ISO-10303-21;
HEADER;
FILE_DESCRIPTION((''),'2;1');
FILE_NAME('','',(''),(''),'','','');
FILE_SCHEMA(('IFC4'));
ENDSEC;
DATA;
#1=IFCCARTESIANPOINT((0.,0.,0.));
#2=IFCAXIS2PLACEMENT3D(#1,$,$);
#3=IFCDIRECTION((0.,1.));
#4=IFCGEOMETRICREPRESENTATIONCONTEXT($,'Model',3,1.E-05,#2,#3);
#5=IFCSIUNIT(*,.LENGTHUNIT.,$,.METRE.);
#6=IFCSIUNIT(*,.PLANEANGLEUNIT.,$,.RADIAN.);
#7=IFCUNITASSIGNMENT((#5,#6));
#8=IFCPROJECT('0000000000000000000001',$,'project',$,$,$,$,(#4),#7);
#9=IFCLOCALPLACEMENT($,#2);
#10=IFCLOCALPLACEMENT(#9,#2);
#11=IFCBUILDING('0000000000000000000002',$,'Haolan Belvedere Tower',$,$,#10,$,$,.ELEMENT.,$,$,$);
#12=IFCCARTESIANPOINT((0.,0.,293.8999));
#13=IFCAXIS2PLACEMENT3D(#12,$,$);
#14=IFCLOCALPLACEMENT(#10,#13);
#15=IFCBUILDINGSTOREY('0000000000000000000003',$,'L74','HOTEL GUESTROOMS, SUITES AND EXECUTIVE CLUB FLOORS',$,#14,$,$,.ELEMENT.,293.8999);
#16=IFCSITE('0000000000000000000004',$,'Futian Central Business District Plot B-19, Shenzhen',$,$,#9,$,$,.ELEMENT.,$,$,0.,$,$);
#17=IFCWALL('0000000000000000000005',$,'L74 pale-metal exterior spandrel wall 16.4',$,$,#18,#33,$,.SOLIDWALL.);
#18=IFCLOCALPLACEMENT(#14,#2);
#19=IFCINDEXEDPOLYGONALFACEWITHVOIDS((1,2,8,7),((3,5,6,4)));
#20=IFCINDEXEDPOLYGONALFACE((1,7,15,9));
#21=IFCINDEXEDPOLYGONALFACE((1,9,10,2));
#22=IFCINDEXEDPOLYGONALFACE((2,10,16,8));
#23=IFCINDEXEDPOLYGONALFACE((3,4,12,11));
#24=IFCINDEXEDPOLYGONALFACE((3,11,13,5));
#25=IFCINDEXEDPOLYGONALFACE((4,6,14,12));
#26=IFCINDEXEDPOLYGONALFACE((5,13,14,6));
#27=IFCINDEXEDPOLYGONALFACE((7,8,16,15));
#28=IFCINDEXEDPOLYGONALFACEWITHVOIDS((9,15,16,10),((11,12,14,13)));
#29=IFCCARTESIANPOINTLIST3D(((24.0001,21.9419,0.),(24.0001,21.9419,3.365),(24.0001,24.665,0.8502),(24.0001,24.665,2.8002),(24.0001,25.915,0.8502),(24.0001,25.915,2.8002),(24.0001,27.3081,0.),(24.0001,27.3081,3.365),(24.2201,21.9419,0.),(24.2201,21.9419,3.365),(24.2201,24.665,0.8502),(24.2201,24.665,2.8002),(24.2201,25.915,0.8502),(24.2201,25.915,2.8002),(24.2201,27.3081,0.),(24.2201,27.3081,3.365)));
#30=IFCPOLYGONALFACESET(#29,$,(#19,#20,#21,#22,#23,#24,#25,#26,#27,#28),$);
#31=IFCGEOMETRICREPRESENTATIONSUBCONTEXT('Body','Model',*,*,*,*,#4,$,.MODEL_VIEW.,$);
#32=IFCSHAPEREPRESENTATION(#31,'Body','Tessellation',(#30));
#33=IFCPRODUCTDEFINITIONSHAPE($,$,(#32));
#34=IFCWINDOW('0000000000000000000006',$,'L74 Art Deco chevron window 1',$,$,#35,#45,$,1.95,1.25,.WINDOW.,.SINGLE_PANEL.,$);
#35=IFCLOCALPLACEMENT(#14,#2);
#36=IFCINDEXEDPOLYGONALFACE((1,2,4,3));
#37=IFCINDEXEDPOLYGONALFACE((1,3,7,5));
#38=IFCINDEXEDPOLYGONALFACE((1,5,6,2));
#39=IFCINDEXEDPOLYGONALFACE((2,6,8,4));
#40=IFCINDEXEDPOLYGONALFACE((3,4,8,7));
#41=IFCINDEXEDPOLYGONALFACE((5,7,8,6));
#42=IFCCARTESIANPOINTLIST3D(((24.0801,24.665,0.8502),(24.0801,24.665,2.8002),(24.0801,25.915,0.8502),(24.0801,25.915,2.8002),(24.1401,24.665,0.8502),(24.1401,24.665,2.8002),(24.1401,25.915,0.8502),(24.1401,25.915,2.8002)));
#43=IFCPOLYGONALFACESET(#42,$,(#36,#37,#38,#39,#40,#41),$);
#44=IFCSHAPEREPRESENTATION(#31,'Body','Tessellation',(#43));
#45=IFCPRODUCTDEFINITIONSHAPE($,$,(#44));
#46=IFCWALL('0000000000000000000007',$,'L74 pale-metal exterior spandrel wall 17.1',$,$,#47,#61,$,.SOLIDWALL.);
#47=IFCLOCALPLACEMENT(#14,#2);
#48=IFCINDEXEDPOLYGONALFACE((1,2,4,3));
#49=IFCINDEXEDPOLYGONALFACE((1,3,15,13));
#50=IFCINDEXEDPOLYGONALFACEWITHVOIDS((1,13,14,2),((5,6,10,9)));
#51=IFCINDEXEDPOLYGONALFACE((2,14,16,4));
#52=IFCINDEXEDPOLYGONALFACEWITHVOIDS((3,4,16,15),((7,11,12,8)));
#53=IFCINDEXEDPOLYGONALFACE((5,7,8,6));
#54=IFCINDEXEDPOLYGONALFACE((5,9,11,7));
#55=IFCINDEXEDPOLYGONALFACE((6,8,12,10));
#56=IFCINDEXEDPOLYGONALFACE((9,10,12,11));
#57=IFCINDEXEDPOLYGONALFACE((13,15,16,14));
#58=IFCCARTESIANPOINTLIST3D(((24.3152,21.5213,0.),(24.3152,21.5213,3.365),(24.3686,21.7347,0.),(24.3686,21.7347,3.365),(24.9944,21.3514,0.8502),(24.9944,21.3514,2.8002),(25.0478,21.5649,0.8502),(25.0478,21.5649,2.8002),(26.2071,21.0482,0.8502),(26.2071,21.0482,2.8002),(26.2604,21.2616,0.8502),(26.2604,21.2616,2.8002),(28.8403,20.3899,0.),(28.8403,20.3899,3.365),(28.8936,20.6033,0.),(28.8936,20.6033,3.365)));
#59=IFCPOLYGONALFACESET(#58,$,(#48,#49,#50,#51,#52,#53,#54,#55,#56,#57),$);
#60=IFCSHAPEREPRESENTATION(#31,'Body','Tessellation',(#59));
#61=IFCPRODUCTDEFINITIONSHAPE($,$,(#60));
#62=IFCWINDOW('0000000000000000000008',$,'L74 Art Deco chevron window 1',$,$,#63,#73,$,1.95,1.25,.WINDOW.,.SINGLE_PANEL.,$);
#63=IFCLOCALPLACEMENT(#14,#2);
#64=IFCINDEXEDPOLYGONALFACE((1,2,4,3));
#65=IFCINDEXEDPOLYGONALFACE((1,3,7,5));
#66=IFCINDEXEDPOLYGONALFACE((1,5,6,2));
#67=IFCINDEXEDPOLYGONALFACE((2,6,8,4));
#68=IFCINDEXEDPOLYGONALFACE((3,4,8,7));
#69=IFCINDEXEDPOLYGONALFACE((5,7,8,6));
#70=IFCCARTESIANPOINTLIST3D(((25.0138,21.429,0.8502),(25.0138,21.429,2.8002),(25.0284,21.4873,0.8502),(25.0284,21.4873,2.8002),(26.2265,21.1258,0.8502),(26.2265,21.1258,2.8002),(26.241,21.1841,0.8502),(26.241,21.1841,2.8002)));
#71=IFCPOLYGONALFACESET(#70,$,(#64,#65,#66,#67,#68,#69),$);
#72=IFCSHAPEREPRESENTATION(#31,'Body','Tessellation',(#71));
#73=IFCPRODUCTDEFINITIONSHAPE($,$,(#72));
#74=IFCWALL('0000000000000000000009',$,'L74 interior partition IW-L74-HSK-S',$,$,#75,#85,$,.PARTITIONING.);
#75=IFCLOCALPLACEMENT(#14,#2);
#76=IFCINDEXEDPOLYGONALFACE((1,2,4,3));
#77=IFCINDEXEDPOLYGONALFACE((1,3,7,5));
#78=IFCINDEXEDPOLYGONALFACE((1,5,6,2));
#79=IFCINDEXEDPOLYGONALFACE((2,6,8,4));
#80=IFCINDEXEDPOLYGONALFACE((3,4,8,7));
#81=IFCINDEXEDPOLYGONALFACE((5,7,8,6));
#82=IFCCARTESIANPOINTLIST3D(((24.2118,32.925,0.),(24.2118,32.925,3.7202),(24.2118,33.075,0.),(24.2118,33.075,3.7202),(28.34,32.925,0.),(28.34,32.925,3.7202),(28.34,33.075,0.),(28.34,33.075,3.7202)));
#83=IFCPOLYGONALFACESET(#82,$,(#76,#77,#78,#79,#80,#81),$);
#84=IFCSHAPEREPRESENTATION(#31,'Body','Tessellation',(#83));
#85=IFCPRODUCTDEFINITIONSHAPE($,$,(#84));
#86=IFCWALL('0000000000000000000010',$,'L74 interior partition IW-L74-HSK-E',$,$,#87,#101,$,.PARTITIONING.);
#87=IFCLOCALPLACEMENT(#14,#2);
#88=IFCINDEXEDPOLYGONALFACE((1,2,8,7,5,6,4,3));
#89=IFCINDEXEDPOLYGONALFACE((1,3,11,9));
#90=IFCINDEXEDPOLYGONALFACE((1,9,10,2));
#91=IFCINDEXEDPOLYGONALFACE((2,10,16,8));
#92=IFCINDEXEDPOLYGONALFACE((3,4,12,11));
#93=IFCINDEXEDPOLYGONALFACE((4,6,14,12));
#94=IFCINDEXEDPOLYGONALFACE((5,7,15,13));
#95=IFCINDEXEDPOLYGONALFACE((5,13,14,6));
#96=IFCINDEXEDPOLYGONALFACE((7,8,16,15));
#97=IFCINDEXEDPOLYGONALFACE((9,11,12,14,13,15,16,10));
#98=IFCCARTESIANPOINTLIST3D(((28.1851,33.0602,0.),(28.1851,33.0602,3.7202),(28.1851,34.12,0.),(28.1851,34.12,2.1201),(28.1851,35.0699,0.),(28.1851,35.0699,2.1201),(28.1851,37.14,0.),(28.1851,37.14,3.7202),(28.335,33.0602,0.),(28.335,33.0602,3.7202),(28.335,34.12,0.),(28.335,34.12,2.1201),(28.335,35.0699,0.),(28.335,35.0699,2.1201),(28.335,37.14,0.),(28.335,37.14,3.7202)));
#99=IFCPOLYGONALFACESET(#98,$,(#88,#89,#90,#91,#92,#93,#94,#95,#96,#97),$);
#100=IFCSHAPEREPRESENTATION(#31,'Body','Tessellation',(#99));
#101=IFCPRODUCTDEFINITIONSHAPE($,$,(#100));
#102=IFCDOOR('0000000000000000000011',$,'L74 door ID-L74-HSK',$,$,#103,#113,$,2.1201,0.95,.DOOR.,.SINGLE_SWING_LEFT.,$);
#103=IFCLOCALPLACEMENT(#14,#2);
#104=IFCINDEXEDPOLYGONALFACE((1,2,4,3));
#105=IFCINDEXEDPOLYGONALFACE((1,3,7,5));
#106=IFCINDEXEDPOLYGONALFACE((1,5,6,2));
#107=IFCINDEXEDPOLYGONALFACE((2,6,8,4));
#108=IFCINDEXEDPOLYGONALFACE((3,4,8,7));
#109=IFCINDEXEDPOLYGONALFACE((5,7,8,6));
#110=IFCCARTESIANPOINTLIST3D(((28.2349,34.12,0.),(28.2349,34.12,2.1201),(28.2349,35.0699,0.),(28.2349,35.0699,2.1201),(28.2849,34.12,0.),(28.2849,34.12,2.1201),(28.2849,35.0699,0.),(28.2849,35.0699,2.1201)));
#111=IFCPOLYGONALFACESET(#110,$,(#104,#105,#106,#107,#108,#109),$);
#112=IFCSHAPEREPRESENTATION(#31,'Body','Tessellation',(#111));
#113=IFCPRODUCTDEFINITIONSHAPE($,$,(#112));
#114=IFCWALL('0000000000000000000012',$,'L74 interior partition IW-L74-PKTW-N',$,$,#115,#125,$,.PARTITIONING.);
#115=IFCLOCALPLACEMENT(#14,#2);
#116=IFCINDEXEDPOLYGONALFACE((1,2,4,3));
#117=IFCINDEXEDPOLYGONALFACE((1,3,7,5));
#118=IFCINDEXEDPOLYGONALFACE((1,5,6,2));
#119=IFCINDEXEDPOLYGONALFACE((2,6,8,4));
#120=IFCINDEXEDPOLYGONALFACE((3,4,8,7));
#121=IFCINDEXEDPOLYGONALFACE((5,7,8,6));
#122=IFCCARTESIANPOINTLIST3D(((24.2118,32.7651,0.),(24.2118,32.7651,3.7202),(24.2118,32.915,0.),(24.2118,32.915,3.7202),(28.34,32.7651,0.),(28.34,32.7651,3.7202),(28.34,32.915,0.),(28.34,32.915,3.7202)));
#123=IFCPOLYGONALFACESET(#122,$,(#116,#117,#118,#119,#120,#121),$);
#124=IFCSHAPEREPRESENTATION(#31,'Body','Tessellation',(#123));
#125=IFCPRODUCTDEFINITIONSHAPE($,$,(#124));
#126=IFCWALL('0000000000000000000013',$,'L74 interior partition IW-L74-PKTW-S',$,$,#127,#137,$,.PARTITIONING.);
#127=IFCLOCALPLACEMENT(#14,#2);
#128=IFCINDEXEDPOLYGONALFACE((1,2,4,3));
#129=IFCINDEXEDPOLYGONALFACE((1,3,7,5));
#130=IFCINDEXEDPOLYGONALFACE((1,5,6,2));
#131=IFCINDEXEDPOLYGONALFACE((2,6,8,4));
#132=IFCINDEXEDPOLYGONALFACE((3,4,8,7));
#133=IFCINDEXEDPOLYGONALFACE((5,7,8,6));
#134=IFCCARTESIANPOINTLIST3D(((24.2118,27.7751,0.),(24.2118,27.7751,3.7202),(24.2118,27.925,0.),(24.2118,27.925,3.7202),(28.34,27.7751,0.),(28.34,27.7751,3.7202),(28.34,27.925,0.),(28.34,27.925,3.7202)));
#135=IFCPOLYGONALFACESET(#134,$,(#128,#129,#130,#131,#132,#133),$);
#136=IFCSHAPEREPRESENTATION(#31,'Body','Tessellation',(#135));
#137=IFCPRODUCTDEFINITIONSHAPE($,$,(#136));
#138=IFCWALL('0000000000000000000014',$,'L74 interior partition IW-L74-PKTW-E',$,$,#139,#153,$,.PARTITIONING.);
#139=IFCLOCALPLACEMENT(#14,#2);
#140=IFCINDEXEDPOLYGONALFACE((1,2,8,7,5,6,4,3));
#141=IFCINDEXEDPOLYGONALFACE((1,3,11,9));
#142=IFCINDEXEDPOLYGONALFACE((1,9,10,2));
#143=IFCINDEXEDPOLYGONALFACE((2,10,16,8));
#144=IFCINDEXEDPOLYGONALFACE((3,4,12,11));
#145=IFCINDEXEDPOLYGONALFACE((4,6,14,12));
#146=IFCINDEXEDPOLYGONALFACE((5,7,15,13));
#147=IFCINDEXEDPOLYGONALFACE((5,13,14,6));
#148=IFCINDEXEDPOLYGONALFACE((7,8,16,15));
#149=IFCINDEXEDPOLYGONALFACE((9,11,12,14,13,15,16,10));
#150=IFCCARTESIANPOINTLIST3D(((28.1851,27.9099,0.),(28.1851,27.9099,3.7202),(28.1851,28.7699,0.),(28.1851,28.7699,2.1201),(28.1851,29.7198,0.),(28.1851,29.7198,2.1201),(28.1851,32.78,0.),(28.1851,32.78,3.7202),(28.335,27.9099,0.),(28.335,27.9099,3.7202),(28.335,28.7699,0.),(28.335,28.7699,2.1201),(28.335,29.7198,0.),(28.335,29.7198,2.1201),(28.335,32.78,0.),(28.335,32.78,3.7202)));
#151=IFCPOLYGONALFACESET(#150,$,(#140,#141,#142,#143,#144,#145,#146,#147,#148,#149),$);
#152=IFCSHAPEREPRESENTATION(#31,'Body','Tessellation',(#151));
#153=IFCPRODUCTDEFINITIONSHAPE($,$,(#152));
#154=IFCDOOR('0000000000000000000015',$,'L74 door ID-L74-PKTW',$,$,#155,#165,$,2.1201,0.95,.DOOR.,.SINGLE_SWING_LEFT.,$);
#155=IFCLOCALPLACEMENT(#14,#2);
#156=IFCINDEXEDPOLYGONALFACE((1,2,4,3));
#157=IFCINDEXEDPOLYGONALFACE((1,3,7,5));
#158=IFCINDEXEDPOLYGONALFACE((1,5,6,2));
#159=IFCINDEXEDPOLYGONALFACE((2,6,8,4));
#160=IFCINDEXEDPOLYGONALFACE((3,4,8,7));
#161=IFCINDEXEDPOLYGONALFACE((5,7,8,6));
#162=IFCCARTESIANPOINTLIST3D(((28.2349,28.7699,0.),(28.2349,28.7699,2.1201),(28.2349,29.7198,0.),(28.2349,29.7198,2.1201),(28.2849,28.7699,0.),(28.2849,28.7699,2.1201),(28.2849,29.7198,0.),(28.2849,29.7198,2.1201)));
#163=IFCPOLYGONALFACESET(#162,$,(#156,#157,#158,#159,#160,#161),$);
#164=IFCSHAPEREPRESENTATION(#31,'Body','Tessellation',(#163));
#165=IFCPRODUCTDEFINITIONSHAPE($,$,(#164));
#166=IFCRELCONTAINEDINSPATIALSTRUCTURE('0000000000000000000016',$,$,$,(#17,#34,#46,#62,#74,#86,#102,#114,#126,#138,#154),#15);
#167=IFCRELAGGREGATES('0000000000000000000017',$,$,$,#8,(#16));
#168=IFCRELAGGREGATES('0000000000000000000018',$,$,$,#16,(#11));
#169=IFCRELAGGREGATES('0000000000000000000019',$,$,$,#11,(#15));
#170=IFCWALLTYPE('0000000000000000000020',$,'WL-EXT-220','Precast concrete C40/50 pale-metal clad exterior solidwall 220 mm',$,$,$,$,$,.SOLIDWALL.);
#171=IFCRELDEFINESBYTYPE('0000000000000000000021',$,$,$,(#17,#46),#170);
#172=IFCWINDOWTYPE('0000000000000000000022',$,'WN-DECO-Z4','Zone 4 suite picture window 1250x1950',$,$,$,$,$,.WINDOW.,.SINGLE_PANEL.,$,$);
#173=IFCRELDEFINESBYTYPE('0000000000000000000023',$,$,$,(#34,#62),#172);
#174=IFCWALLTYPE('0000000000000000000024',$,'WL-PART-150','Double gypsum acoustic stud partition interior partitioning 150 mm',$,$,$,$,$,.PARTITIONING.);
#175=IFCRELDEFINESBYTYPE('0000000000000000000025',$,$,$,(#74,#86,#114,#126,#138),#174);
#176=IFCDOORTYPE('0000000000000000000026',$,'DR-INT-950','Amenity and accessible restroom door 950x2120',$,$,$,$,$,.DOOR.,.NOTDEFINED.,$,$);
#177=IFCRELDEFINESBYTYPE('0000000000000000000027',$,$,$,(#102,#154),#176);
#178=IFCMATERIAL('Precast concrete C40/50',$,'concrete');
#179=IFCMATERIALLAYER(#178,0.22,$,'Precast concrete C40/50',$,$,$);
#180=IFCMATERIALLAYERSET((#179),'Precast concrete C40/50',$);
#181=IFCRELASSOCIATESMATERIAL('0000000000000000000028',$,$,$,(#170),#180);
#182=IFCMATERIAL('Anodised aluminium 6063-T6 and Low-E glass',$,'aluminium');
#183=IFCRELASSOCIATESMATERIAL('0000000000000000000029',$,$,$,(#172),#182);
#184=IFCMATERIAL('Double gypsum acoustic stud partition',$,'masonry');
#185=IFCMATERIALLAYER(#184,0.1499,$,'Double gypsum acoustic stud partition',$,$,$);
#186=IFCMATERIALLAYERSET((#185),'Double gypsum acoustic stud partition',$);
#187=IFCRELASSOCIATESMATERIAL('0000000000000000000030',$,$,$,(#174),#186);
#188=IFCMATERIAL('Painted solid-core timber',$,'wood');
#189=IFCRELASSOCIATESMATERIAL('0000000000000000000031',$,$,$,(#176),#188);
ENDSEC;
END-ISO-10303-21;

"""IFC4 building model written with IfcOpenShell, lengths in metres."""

from ifc_helpers import new_model, si_unit, direction, frame, frame_2d, origin, place, context, subcontext, project, spatial, rectangle, extrude, material, layer, layer_set, type_object, element, fill, save


model = new_model("IFC4")

# Units and contexts
model_context = context("Model", 3, precision=1e-05, world=origin(), true_north=direction((0.0, 1.0)))
body_context = subcontext(model_context, "Body", "Model", "MODEL_VIEW")
ifc_project = project(units=[si_unit("LENGTHUNIT", "METRE"), si_unit("PLANEANGLEUNIT", "RADIAN")], contexts=[model_context])

# Site, building, storey
site_placement = place(None, origin())
site = spatial("IfcSite", under=ifc_project, at=site_placement, Name="Futian Central Business District Plot B-19, Shenzhen", CompositionType="ELEMENT", RefElevation=0.0)
building_placement = place(site_placement, origin())
building = spatial("IfcBuilding", under=site, at=building_placement, Name="Haolan Belvedere Tower", CompositionType="ELEMENT")
storey_placement = place(building_placement, frame((0.0, 0.0, 293.8999)))
storey = spatial("IfcBuildingStorey", under=building, at=storey_placement, Name="L74", Description="HOTEL GUESTROOMS, SUITES AND EXECUTIVE CLUB FLOORS", CompositionType="ELEMENT", Elevation=293.8999)

# Walls, openings, windows
ifc_material_1 = material(Name="Precast concrete C40/50", Category="concrete")
ifc_layer_1 = layer(ifc_material_1, 0.22, Name="Precast concrete C40/50")
ifc_layer_set_1 = layer_set([ifc_layer_1], Name="Precast concrete C40/50")
wall_type_1 = type_object("IfcWallType", Name="WL-EXT-220", Description="Precast concrete C40/50 pale-metal clad exterior solidwall 220 mm", PredefinedType="SOLIDWALL", material=ifc_layer_set_1)
ifc_material_2 = material(Name="Anodised aluminium 6063-T6 and Low-E glass", Category="aluminium")
window_type = type_object("IfcWindowType", Name="WN-DECO-Z4", Description="Zone 4 suite picture window 1250x1950", PartitioningType="SINGLE_PANEL", PredefinedType="WINDOW", material=ifc_material_2)
wall_1_placement = place(storey_placement, frame((24.1101, 27.3081, 0.0), z_axis=(0.0, 0.0, 1.0), x_axis=(0.0, -1.0, 0.0)))
wall_1 = element("IfcWall", 1, at=wall_1_placement, inside=storey, type_object=wall_type_1, Name="L74 pale-metal exterior spandrel wall 16.4", PredefinedType="SOLIDWALL", context=body_context, shape_type="SweptSolid", body=[
    extrude(rectangle(XDim=5.3662, YDim=0.22, at=frame_2d((2.6831, 0.0))), origin(), (0.0, 0.0, 1.0), 3.365),
])
opening_1_placement = place(wall_1_placement, frame((1.3931, 0.0, 0.8501)))
opening_1 = element("IfcOpeningElement", 2, at=opening_1_placement, cuts=wall_1, PredefinedType="OPENING", context=body_context, shape_type="SweptSolid", body=[
    extrude(rectangle(XDim=1.25, YDim=1.95, at=frame_2d((0.625, 0.9751))), frame((0.0, 0.1199, 0.0), z_axis=(0.0, -1.0, 0.0), x_axis=(1.0, 0.0, 0.0)), (0.0, 0.0, 1.0), 0.24),
])
window_1_placement = place(opening_1_placement, origin())
window_1 = element("IfcWindow", 3, at=window_1_placement, inside=storey, type_object=window_type, Name="L74 Art Deco chevron window 1", OverallHeight=1.95, OverallWidth=1.25, PartitioningType="SINGLE_PANEL", PredefinedType="WINDOW", context=body_context, shape_type="SweptSolid", body=[
    extrude(rectangle(XDim=1.25, YDim=1.95, at=frame_2d((0.625, 0.9751))), frame((0.0, 0.03, 0.0), z_axis=(0.0, -1.0, 0.0), x_axis=(1.0, 0.0, 0.0)), (0.0, 0.0, 1.0), 0.0601),
])
fill(opening_1, window_1)
wall_2_placement = place(storey_placement, frame((24.342, 21.6279, 0.0), z_axis=(0.0, 0.0, 1.0), x_axis=(0.970136, -0.24256, 0.0)))
wall_2 = element("IfcWall", 4, at=wall_2_placement, inside=storey, type_object=wall_type_1, Name="L74 pale-metal exterior spandrel wall 17.1", PredefinedType="SOLIDWALL", context=body_context, shape_type="SweptSolid", body=[
    extrude(rectangle(XDim=4.6643, YDim=0.22, at=frame_2d((2.332, 0.0))), origin(), (0.0, 0.0, 1.0), 3.365),
])
opening_2_placement = place(wall_2_placement, frame((0.7, 0.0, 0.8501)))
opening_2 = element("IfcOpeningElement", 5, at=opening_2_placement, cuts=wall_2, PredefinedType="OPENING", context=body_context, shape_type="SweptSolid", body=[
    extrude(rectangle(XDim=1.25, YDim=1.95, at=frame_2d((0.625, 0.9751))), frame((0.0, 0.1199, 0.0), z_axis=(0.0, -1.0, 0.0), x_axis=(1.0, 0.0, 0.0)), (0.0, 0.0, 1.0), 0.24),
])
window_2_placement = place(opening_2_placement, origin())
window_2 = element("IfcWindow", 6, at=window_2_placement, inside=storey, type_object=window_type, Name="L74 Art Deco chevron window 1", OverallHeight=1.95, OverallWidth=1.25, PartitioningType="SINGLE_PANEL", PredefinedType="WINDOW", context=body_context, shape_type="SweptSolid", body=[
    extrude(rectangle(XDim=1.25, YDim=1.95, at=frame_2d((0.625, 0.9751))), frame((0.0, 0.03, 0.0), z_axis=(0.0, -1.0, 0.0), x_axis=(1.0, 0.0, 0.0)), (0.0, 0.0, 1.0), 0.0601),
])
fill(opening_2, window_2)

# Wall
ifc_material_3 = material(Name="Double gypsum acoustic stud partition", Category="masonry")
ifc_layer_2 = layer(ifc_material_3, 0.1499, Name="Double gypsum acoustic stud partition")
ifc_layer_set_2 = layer_set([ifc_layer_2], Name="Double gypsum acoustic stud partition")
wall_type_2 = type_object("IfcWallType", Name="WL-PART-150", Description="Double gypsum acoustic stud partition interior partitioning 150 mm", PredefinedType="PARTITIONING", material=ifc_layer_set_2)
wall_3_placement = place(storey_placement, frame((24.2119, 33.0, 0.0), z_axis=(0.0, 0.0, 1.0), x_axis=(1.0, 0.0, 0.0)))
element("IfcWall", 7, at=wall_3_placement, inside=storey, type_object=wall_type_2, Name="L74 interior partition IW-L74-HSK-S", PredefinedType="PARTITIONING", context=body_context, shape_type="SweptSolid", body=[
    extrude(rectangle(XDim=4.1282, YDim=0.1499, at=frame_2d((2.064, 0.0))), origin(), (0.0, 0.0, 1.0), 3.7202),
])

# Wall, opening, door
wall_4_placement = place(storey_placement, frame((28.26, 33.0601, 0.0), z_axis=(0.0, 0.0, 1.0), x_axis=(0.0, 1.0, 0.0)))
wall_4 = element("IfcWall", 8, at=wall_4_placement, inside=storey, type_object=wall_type_2, Name="L74 interior partition IW-L74-HSK-E", PredefinedType="PARTITIONING", context=body_context, shape_type="SweptSolid", body=[
    extrude(rectangle(XDim=4.0798, YDim=0.1499, at=frame_2d((2.04, 0.0))), origin(), (0.0, 0.0, 1.0), 3.7202),
])
opening_3_placement = place(wall_4_placement, frame((2.01, 0.0, 0.0), z_axis=(0.0, 0.0, 1.0), x_axis=(-1.0, 0.0, 0.0)))
opening_3 = element("IfcOpeningElement", 9, at=opening_3_placement, cuts=wall_4, PredefinedType="OPENING", context=body_context, shape_type="SweptSolid", body=[
    extrude(rectangle(XDim=0.95, YDim=2.1201, at=frame_2d((0.4751, 1.0601))), frame((0.0, 0.085, 0.0), z_axis=(0.0, -1.0, 0.0), x_axis=(1.0, 0.0, 0.0)), (0.0, 0.0, 1.0), 0.1699),
])
ifc_material_4 = material(Name="Painted solid-core timber", Category="wood")
door_type_1 = type_object("IfcDoorType", Name="DR-INT-950", Description="Amenity and accessible restroom door 950x2120", OperationType="NOTDEFINED", PredefinedType="DOOR", material=ifc_material_4)
door_1_placement = place(opening_3_placement, origin())
door_1 = element("IfcDoor", 10, at=door_1_placement, inside=storey, type_object=door_type_1, Name="L74 door ID-L74-HSK", OperationType="SINGLE_SWING_LEFT", OverallHeight=2.1201, OverallWidth=0.95, PredefinedType="DOOR", context=body_context, shape_type="SweptSolid", body=[
    extrude(rectangle(XDim=0.95, YDim=2.1201, at=frame_2d((0.4751, 1.0601))), frame((0.0, 0.0249, 0.0), z_axis=(0.0, -1.0, 0.0), x_axis=(1.0, 0.0, 0.0)), (0.0, 0.0, 1.0), 0.05),
])
fill(opening_3, door_1)

# Walls
for number, where, z_axis, x_axis, name in (
    (11, (24.2119, 32.8401, 0.0), (0.0, 0.0, 1.0), (1.0, 0.0, 0.0), "L74 interior partition IW-L74-PKTW-N"),
    (12, (24.2119, 27.8501, 0.0), (0.0, 0.0, 1.0), (1.0, 0.0, 0.0), "L74 interior partition IW-L74-PKTW-S"),
):
    element("IfcWall", number, at=place(storey_placement, frame(where, z_axis=z_axis, x_axis=x_axis)), inside=storey, type_object=wall_type_2, Name=name, PredefinedType="PARTITIONING", context=body_context, shape_type="SweptSolid", body=[
        extrude(rectangle(XDim=4.1282, YDim=0.1499, at=frame_2d((2.064, 0.0))), origin(), (0.0, 0.0, 1.0), 3.7202),
    ])

# Wall, opening, door
wall_5_placement = place(storey_placement, frame((28.26, 27.9099, 0.0), z_axis=(0.0, 0.0, 1.0), x_axis=(0.0, 1.0, 0.0)))
wall_5 = element("IfcWall", 13, at=wall_5_placement, inside=storey, type_object=wall_type_2, Name="L74 interior partition IW-L74-PKTW-E", PredefinedType="PARTITIONING", context=body_context, shape_type="SweptSolid", body=[
    extrude(rectangle(XDim=4.8701, YDim=0.1499, at=frame_2d((2.4351, 0.0))), origin(), (0.0, 0.0, 1.0), 3.7202),
])
opening_4_placement = place(wall_5_placement, frame((1.8101, 0.0, 0.0), z_axis=(0.0, 0.0, 1.0), x_axis=(-1.0, 0.0, 0.0)))
opening_4 = element("IfcOpeningElement", 14, at=opening_4_placement, cuts=wall_5, PredefinedType="OPENING", context=body_context, shape_type="SweptSolid", body=[
    extrude(rectangle(XDim=0.95, YDim=2.1201, at=frame_2d((0.4751, 1.0601))), frame((0.0, 0.085, 0.0), z_axis=(0.0, -1.0, 0.0), x_axis=(1.0, 0.0, 0.0)), (0.0, 0.0, 1.0), 0.1699),
])
door_2_placement = place(opening_4_placement, origin())
door_2 = element("IfcDoor", 15, at=door_2_placement, inside=storey, type_object=door_type_1, Name="L74 door ID-L74-PKTW", OperationType="SINGLE_SWING_LEFT", OverallHeight=2.1201, OverallWidth=0.95, PredefinedType="DOOR", context=body_context, shape_type="SweptSolid", body=[
    extrude(rectangle(XDim=0.95, YDim=2.1201, at=frame_2d((0.4751, 1.0601))), frame((0.0, 0.0249, 0.0), z_axis=(0.0, -1.0, 0.0), x_axis=(1.0, 0.0, 0.0)), (0.0, 0.0, 1.0), 0.05),
])
fill(opening_4, door_2)

save(model, "model.ifc")
